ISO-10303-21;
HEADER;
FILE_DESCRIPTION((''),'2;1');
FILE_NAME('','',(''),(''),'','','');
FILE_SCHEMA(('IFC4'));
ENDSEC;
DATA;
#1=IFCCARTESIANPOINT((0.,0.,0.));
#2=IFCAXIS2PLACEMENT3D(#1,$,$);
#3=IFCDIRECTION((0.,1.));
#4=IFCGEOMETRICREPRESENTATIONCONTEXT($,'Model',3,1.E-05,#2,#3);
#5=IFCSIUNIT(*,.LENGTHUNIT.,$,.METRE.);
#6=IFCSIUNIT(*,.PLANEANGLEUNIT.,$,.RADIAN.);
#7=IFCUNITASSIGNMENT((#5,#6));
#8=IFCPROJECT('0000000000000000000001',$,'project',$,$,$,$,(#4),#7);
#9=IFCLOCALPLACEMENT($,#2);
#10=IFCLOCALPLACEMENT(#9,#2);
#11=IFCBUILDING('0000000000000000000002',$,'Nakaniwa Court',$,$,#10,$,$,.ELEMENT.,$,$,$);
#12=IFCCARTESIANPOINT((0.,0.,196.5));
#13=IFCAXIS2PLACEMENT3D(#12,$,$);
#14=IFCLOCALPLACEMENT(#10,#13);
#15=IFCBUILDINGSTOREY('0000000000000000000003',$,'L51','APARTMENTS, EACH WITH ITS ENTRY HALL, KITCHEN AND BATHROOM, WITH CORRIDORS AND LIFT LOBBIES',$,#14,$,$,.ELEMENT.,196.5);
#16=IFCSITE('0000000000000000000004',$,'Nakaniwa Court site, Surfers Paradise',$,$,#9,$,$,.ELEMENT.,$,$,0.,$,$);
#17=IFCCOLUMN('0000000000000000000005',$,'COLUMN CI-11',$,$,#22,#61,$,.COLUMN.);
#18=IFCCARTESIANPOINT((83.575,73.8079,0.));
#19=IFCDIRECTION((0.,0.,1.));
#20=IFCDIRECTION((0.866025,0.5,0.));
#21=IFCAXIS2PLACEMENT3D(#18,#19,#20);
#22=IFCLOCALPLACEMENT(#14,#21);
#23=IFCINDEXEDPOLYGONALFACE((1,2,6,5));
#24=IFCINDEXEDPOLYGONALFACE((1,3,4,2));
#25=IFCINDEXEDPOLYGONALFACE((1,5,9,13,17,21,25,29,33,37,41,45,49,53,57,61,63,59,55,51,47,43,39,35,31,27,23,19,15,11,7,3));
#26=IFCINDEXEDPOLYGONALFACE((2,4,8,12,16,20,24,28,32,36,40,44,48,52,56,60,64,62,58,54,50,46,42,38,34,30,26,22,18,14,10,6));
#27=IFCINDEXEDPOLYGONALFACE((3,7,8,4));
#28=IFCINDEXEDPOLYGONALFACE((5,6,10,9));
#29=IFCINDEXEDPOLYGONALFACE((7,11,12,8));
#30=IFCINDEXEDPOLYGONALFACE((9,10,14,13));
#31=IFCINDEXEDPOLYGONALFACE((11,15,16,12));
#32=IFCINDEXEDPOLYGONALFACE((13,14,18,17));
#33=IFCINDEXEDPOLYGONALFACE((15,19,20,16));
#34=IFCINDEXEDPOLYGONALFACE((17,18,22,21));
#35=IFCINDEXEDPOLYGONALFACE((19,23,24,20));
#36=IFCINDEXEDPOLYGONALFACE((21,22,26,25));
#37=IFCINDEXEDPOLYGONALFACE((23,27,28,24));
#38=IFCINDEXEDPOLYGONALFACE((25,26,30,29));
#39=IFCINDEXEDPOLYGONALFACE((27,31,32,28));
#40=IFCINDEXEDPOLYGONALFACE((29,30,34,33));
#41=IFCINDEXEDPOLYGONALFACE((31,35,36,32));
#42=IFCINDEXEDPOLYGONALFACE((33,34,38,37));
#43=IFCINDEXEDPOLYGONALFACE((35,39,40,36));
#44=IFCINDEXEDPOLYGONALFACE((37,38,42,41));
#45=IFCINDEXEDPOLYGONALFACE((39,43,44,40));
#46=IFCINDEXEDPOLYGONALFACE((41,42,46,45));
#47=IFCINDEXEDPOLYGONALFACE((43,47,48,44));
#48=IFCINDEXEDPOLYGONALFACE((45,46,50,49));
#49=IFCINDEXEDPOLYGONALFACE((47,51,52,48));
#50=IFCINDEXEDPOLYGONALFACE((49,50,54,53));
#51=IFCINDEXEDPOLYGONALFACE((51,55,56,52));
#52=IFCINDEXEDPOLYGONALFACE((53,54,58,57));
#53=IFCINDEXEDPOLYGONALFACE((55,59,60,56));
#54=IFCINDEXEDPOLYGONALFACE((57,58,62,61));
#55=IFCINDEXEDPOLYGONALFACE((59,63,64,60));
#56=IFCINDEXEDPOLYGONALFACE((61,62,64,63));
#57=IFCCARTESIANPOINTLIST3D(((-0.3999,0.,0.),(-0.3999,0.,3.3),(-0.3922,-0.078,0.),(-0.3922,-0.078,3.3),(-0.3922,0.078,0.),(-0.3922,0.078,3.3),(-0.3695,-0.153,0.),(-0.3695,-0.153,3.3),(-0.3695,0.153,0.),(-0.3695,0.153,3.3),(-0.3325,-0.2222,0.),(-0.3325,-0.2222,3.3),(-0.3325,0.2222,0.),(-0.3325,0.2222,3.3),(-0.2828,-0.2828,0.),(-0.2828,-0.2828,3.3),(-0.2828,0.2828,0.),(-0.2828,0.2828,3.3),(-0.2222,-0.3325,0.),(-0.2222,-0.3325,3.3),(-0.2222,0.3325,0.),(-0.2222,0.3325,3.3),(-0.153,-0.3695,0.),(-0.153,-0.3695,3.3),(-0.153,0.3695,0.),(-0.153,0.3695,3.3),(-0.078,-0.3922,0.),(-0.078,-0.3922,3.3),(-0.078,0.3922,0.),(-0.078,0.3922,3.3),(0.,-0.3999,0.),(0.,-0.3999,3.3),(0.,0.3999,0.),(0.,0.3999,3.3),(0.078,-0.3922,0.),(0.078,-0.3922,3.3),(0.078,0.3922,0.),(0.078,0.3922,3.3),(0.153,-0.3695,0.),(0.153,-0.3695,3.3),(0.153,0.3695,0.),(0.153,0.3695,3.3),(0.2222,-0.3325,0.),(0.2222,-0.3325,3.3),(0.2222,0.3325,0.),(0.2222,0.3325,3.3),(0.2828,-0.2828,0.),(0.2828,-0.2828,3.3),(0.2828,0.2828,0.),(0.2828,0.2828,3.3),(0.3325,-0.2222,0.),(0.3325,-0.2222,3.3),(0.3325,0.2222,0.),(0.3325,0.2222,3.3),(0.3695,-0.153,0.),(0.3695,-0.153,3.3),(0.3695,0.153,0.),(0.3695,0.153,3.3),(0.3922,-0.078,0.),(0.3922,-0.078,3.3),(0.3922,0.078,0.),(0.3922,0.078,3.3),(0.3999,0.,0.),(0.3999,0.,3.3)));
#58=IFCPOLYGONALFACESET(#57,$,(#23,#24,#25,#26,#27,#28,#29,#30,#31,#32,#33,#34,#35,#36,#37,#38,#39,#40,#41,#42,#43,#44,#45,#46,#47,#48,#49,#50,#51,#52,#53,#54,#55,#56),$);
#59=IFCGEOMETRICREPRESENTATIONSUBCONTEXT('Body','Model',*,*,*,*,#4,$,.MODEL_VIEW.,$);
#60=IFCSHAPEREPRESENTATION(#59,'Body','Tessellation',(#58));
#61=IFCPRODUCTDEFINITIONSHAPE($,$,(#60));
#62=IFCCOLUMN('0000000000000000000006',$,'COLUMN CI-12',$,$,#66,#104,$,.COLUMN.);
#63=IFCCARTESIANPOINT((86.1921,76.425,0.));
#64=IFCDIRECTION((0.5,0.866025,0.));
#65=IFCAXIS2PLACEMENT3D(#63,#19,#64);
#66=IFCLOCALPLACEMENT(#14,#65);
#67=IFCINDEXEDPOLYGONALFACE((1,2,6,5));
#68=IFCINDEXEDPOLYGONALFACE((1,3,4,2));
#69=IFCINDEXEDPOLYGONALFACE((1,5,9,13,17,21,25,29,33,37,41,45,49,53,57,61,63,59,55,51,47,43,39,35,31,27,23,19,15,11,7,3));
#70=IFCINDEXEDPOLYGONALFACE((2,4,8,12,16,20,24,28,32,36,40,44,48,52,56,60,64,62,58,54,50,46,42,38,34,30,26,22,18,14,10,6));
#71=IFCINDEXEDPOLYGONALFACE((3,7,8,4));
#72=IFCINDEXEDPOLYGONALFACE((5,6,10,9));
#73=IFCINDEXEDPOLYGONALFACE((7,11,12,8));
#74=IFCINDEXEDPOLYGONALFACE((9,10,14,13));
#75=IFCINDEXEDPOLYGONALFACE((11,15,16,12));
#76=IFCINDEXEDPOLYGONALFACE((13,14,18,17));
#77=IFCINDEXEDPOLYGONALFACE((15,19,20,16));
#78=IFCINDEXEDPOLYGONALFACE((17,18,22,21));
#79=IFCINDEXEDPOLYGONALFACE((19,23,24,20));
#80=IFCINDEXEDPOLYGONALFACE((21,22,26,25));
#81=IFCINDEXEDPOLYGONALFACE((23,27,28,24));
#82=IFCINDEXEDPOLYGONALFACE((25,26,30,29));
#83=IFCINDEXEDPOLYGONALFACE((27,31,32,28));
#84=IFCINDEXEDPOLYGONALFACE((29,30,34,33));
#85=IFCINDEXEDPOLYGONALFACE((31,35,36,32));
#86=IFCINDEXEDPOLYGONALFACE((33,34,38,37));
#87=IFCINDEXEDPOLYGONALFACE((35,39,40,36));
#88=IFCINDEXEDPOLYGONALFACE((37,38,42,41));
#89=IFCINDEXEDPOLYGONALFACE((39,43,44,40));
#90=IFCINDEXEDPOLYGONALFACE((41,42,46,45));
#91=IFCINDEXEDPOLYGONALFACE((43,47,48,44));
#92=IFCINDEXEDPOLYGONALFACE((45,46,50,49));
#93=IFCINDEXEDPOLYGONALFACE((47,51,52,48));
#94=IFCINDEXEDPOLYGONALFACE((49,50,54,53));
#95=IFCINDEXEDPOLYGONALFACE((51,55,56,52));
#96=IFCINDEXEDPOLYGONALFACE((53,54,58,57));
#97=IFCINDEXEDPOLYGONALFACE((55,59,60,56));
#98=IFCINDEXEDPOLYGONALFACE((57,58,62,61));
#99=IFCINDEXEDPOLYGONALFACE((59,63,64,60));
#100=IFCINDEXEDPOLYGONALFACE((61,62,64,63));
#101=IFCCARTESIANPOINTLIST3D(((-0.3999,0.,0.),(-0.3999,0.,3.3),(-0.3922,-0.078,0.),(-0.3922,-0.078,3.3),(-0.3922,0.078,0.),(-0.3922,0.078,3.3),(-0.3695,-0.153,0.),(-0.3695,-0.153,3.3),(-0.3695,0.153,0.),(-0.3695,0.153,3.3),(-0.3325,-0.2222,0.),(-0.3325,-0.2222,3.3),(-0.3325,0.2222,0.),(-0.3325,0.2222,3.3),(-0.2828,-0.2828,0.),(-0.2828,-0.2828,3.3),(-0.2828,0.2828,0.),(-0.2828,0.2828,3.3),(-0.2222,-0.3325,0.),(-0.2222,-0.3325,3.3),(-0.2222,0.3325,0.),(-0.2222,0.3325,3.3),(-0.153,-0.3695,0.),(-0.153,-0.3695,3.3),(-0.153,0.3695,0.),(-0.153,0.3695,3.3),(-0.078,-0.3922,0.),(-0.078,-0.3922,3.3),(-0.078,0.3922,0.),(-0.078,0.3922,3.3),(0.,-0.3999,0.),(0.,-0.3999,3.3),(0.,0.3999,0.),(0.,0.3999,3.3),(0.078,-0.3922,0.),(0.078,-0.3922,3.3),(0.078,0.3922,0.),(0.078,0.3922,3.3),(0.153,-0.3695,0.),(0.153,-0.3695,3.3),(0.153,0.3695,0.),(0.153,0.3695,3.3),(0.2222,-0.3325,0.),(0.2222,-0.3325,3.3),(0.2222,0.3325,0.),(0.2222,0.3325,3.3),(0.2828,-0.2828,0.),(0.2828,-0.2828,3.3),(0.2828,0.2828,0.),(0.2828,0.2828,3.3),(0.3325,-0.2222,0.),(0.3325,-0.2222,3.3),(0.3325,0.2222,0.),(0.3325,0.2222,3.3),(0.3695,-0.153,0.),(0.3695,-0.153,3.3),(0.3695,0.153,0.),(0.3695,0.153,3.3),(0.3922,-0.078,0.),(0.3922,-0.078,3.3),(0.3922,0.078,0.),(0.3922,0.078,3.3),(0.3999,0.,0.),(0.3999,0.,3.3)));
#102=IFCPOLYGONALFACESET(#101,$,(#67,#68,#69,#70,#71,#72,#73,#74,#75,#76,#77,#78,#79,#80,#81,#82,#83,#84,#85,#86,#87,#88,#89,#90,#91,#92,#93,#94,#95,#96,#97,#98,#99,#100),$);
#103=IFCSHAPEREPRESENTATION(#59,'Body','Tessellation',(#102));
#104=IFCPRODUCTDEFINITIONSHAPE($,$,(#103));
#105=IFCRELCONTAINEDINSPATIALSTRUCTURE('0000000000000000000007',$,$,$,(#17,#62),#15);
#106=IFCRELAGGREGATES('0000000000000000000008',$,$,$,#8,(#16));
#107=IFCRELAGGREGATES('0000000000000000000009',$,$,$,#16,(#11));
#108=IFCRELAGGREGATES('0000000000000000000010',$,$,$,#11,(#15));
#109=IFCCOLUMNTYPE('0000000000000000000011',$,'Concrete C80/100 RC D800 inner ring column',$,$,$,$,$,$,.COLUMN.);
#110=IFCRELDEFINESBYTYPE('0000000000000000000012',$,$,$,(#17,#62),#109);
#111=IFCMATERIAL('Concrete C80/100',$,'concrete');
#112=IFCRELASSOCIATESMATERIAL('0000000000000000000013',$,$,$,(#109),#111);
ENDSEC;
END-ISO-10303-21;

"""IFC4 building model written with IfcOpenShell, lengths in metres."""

from ifc_helpers import new_model, si_unit, direction, frame, origin, origin_2d, place, context, subcontext, project, spatial, circle, extrude, material, material_profile, profile_set, type_object, element, save


model = new_model("IFC4")

# Units and contexts
model_context = context("Model", 3, precision=1e-05, world=origin(), true_north=direction((0.0, 1.0)))
body_context = subcontext(model_context, "Body", "Model", "MODEL_VIEW")
ifc_project = project(units=[si_unit("LENGTHUNIT", "METRE"), si_unit("PLANEANGLEUNIT", "RADIAN")], contexts=[model_context])

# Site, building, storey
site_placement = place(None, origin())
site = spatial("IfcSite", under=ifc_project, at=site_placement, Name="Nakaniwa Court site, Surfers Paradise", CompositionType="ELEMENT", RefElevation=0.0)
building_placement = place(site_placement, origin())
building = spatial("IfcBuilding", under=site, at=building_placement, Name="Nakaniwa Court", CompositionType="ELEMENT")
storey_placement = place(building_placement, frame((0.0, 0.0, 196.5)))
storey = spatial("IfcBuildingStorey", under=building, at=storey_placement, Name="L51", Description="APARTMENTS, EACH WITH ITS ENTRY HALL, KITCHEN AND BATHROOM, WITH CORRIDORS AND LIFT LOBBIES", CompositionType="ELEMENT", Elevation=196.5)

# Columns
ifc_material_1 = material(Name="Concrete C80/100", Category="concrete")
ifc_material_profile_1 = material_profile(ifc_material_1, circle(Radius=0.3999, at=origin_2d()), Name="Concrete C80/100 RC D800 inner ring column")
ifc_profile_set_1 = profile_set([ifc_material_profile_1], Name="Concrete C80/100")
column_type_1 = type_object("IfcColumnType", Name="Concrete C80/100 RC D800 inner ring column", PredefinedType="COLUMN", material=ifc_profile_set_1)
for number, where, z_axis, x_axis, name in (
    (1, (83.575, 73.8079, 0.0), (0.0, 0.0, 1.0), (0.866025, 0.5, 0.0), "COLUMN CI-11"),
    (2, (86.1921, 76.425, 0.0), (0.0, 0.0, 1.0), (0.5, 0.866025, 0.0), "COLUMN CI-12"),
):
    element("IfcColumn", number, at=place(storey_placement, frame(where, z_axis=z_axis, x_axis=x_axis)), inside=storey, type_object=column_type_1, Name=name, PredefinedType="COLUMN", context=body_context, shape_type="SweptSolid", body=[
        extrude(circle(Radius=0.3999, at=origin_2d()), origin(), (0.0, 0.0, 1.0), 3.3),
    ])

save(model, "model.ifc")
